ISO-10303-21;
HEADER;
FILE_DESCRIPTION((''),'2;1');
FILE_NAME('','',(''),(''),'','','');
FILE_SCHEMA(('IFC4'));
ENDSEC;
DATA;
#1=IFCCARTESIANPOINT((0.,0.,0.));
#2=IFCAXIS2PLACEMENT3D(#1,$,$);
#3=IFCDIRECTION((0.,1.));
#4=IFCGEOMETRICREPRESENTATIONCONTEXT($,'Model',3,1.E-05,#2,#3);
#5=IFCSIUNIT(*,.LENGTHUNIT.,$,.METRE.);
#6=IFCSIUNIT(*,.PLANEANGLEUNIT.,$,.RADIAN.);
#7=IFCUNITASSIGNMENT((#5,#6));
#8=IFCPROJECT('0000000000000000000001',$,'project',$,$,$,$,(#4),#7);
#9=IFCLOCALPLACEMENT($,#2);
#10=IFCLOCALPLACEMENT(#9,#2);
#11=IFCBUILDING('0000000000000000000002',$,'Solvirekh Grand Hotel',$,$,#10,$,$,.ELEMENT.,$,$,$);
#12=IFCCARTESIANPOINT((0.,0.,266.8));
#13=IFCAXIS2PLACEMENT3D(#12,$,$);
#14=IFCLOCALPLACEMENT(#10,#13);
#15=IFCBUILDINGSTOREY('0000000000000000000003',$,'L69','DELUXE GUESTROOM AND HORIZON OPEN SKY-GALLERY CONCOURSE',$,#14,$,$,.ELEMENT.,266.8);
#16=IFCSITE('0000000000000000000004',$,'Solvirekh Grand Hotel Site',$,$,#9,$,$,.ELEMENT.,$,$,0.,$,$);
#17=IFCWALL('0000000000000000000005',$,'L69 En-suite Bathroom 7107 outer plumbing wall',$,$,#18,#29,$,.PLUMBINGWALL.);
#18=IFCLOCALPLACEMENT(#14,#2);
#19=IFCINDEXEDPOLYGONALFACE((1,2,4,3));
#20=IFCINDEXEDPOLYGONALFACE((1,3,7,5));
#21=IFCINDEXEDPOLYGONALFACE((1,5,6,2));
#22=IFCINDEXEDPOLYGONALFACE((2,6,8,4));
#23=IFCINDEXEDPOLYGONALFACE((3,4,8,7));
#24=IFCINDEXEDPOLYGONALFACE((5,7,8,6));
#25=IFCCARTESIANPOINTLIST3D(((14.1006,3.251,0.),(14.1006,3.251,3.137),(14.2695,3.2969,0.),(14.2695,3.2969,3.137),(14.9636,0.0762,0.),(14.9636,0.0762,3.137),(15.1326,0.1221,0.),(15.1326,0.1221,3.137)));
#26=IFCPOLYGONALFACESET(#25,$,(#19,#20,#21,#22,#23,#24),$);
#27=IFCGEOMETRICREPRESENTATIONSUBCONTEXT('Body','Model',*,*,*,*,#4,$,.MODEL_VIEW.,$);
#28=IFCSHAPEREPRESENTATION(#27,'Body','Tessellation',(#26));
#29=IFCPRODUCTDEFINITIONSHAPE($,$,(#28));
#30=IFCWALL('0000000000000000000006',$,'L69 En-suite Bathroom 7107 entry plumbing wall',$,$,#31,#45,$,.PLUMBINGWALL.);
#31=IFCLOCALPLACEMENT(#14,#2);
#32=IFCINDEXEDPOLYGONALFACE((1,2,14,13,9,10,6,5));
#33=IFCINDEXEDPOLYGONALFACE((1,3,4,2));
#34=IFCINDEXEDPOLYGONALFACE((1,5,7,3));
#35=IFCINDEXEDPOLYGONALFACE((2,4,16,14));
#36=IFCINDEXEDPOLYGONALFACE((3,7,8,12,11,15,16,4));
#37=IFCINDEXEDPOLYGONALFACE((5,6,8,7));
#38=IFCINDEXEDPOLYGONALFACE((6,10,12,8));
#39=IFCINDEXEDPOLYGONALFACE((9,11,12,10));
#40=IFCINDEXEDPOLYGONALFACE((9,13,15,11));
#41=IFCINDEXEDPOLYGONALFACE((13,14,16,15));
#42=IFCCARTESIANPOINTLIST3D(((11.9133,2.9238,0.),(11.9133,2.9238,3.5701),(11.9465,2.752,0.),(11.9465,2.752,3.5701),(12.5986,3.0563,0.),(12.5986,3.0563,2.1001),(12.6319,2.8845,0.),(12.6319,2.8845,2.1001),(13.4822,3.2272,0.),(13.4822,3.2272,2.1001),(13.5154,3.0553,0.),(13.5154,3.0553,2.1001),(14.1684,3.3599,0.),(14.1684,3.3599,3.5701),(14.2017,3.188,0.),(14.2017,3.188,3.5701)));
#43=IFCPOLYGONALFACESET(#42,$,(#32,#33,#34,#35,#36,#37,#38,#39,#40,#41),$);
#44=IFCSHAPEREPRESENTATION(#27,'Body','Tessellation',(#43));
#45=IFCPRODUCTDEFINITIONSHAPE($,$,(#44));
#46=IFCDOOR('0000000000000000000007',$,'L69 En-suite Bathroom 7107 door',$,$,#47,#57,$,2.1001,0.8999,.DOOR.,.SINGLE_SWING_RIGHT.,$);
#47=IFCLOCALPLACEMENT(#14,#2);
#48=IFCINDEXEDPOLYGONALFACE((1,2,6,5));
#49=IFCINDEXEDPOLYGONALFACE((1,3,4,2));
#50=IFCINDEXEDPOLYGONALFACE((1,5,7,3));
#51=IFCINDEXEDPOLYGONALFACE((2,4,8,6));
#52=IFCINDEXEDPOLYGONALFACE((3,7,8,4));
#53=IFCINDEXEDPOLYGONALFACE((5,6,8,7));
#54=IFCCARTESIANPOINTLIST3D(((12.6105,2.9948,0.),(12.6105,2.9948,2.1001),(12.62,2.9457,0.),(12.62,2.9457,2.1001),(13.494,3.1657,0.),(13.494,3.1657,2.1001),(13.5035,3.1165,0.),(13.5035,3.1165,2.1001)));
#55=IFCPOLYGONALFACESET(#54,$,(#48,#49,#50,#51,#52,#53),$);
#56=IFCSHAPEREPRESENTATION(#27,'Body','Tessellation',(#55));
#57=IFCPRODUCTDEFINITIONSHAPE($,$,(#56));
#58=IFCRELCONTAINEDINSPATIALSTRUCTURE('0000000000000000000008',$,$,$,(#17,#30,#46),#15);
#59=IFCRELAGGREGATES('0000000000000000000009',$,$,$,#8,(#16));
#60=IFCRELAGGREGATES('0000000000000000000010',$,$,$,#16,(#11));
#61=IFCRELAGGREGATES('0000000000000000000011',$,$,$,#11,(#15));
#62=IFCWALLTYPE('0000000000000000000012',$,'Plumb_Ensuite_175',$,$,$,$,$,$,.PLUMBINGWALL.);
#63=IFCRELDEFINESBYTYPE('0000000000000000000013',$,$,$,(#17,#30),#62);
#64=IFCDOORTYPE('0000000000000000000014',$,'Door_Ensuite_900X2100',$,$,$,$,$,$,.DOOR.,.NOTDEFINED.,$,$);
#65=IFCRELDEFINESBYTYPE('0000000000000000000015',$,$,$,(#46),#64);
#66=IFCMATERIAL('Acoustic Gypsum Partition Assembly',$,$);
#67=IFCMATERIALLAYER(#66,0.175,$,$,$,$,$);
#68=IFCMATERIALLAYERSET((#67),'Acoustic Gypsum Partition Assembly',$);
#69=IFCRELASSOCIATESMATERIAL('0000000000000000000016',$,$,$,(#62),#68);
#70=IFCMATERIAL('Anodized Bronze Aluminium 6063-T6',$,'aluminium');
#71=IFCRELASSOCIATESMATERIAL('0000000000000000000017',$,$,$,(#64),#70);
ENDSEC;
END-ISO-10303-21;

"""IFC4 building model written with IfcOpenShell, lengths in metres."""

from ifc_helpers import new_model, si_unit, direction, frame, frame_2d, origin, place, context, subcontext, project, spatial, rectangle, extrude, material, layer, layer_set, type_object, element, fill, save


model = new_model("IFC4")

# Units and contexts
model_context = context("Model", 3, precision=1e-05, world=origin(), true_north=direction((0.0, 1.0)))
body_context = subcontext(model_context, "Body", "Model", "MODEL_VIEW")
ifc_project = project(units=[si_unit("LENGTHUNIT", "METRE"), si_unit("PLANEANGLEUNIT", "RADIAN")], contexts=[model_context])

# Site, building, storey
site_placement = place(None, origin())
site = spatial("IfcSite", under=ifc_project, at=site_placement, Name="Solvirekh Grand Hotel Site", CompositionType="ELEMENT", RefElevation=0.0)
building_placement = place(site_placement, origin())
building = spatial("IfcBuilding", under=site, at=building_placement, Name="Solvirekh Grand Hotel", CompositionType="ELEMENT")
storey_placement = place(building_placement, frame((0.0, 0.0, 266.8)))
storey = spatial("IfcBuildingStorey", under=building, at=storey_placement, Name="L69", Description="DELUXE GUESTROOM AND HORIZON OPEN SKY-GALLERY CONCOURSE", CompositionType="ELEMENT", Elevation=266.8)

# Shared definitions
ifc_material_1 = material(Name="Anodized Bronze Aluminium 6063-T6", Category="aluminium")

# Shared definitions
ifc_material_2 = material(Name="Acoustic Gypsum Partition Assembly")

# Wall
ifc_layer_1 = layer(ifc_material_2, 0.175)
ifc_layer_set_1 = layer_set([ifc_layer_1], Name="Acoustic Gypsum Partition Assembly")
wall_type_1 = type_object("IfcWallType", Name="Plumb_Ensuite_175", PredefinedType="PLUMBINGWALL", material=ifc_layer_set_1)
wall_1_placement = place(storey_placement, frame((15.0481, 0.0991, 0.0), z_axis=(0.0, 0.0, 1.0), x_axis=(-0.26232, 0.964981, 0.0)))
element("IfcWall", 1, at=wall_1_placement, inside=storey, type_object=wall_type_1, Name="L69 En-suite Bathroom 7107 outer plumbing wall", PredefinedType="PLUMBINGWALL", context=body_context, shape_type="SweptSolid", body=[
    extrude(rectangle(XDim=3.29, YDim=0.175, at=frame_2d((1.645, 0.0))), origin(), (0.0, 0.0, 1.0), 3.137),
])

# Wall, opening, door
wall_2_placement = place(storey_placement, frame((11.9299, 2.8379, 0.0), z_axis=(0.0, 0.0, 1.0), x_axis=(0.981816, 0.189837, 0.0)))
wall_2 = element("IfcWall", 2, at=wall_2_placement, inside=storey, type_object=wall_type_1, Name="L69 En-suite Bathroom 7107 entry plumbing wall", PredefinedType="PLUMBINGWALL", context=body_context, shape_type="SweptSolid", body=[
    extrude(rectangle(XDim=2.2969, YDim=0.175, at=frame_2d((1.1484, 0.0))), origin(), (0.0, 0.0, 1.0), 3.5701),
])
opening_1_placement = place(wall_2_placement, frame((0.698, 0.0, 0.0)))
opening_1 = element("IfcOpeningElement", 3, at=opening_1_placement, cuts=wall_2, PredefinedType="OPENING", context=body_context, shape_type="SweptSolid", body=[
    extrude(rectangle(XDim=0.8999, YDim=2.1001, at=frame_2d((0.45, 1.05))), frame((0.0, 0.0977, 0.0), z_axis=(0.0, -1.0, 0.0), x_axis=(1.0, 0.0, 0.0)), (0.0, 0.0, 1.0), 0.1951),
])
door_type_1 = type_object("IfcDoorType", Name="Door_Ensuite_900X2100", OperationType="NOTDEFINED", PredefinedType="DOOR", material=ifc_material_1)
door_1_placement = place(opening_1_placement, origin())
door_1 = element("IfcDoor", 4, at=door_1_placement, inside=storey, type_object=door_type_1, Name="L69 En-suite Bathroom 7107 door", OperationType="SINGLE_SWING_RIGHT", OverallHeight=2.1001, OverallWidth=0.8999, PredefinedType="DOOR", context=body_context, shape_type="SweptSolid", body=[
    extrude(rectangle(XDim=0.8999, YDim=2.1001, at=frame_2d((0.45, 1.05))), frame((0.0, 0.0249, 0.0), z_axis=(0.0, -1.0, 0.0), x_axis=(1.0, 0.0, 0.0)), (0.0, 0.0, 1.0), 0.05),
])
fill(opening_1, door_1)

save(model, "model.ifc")
